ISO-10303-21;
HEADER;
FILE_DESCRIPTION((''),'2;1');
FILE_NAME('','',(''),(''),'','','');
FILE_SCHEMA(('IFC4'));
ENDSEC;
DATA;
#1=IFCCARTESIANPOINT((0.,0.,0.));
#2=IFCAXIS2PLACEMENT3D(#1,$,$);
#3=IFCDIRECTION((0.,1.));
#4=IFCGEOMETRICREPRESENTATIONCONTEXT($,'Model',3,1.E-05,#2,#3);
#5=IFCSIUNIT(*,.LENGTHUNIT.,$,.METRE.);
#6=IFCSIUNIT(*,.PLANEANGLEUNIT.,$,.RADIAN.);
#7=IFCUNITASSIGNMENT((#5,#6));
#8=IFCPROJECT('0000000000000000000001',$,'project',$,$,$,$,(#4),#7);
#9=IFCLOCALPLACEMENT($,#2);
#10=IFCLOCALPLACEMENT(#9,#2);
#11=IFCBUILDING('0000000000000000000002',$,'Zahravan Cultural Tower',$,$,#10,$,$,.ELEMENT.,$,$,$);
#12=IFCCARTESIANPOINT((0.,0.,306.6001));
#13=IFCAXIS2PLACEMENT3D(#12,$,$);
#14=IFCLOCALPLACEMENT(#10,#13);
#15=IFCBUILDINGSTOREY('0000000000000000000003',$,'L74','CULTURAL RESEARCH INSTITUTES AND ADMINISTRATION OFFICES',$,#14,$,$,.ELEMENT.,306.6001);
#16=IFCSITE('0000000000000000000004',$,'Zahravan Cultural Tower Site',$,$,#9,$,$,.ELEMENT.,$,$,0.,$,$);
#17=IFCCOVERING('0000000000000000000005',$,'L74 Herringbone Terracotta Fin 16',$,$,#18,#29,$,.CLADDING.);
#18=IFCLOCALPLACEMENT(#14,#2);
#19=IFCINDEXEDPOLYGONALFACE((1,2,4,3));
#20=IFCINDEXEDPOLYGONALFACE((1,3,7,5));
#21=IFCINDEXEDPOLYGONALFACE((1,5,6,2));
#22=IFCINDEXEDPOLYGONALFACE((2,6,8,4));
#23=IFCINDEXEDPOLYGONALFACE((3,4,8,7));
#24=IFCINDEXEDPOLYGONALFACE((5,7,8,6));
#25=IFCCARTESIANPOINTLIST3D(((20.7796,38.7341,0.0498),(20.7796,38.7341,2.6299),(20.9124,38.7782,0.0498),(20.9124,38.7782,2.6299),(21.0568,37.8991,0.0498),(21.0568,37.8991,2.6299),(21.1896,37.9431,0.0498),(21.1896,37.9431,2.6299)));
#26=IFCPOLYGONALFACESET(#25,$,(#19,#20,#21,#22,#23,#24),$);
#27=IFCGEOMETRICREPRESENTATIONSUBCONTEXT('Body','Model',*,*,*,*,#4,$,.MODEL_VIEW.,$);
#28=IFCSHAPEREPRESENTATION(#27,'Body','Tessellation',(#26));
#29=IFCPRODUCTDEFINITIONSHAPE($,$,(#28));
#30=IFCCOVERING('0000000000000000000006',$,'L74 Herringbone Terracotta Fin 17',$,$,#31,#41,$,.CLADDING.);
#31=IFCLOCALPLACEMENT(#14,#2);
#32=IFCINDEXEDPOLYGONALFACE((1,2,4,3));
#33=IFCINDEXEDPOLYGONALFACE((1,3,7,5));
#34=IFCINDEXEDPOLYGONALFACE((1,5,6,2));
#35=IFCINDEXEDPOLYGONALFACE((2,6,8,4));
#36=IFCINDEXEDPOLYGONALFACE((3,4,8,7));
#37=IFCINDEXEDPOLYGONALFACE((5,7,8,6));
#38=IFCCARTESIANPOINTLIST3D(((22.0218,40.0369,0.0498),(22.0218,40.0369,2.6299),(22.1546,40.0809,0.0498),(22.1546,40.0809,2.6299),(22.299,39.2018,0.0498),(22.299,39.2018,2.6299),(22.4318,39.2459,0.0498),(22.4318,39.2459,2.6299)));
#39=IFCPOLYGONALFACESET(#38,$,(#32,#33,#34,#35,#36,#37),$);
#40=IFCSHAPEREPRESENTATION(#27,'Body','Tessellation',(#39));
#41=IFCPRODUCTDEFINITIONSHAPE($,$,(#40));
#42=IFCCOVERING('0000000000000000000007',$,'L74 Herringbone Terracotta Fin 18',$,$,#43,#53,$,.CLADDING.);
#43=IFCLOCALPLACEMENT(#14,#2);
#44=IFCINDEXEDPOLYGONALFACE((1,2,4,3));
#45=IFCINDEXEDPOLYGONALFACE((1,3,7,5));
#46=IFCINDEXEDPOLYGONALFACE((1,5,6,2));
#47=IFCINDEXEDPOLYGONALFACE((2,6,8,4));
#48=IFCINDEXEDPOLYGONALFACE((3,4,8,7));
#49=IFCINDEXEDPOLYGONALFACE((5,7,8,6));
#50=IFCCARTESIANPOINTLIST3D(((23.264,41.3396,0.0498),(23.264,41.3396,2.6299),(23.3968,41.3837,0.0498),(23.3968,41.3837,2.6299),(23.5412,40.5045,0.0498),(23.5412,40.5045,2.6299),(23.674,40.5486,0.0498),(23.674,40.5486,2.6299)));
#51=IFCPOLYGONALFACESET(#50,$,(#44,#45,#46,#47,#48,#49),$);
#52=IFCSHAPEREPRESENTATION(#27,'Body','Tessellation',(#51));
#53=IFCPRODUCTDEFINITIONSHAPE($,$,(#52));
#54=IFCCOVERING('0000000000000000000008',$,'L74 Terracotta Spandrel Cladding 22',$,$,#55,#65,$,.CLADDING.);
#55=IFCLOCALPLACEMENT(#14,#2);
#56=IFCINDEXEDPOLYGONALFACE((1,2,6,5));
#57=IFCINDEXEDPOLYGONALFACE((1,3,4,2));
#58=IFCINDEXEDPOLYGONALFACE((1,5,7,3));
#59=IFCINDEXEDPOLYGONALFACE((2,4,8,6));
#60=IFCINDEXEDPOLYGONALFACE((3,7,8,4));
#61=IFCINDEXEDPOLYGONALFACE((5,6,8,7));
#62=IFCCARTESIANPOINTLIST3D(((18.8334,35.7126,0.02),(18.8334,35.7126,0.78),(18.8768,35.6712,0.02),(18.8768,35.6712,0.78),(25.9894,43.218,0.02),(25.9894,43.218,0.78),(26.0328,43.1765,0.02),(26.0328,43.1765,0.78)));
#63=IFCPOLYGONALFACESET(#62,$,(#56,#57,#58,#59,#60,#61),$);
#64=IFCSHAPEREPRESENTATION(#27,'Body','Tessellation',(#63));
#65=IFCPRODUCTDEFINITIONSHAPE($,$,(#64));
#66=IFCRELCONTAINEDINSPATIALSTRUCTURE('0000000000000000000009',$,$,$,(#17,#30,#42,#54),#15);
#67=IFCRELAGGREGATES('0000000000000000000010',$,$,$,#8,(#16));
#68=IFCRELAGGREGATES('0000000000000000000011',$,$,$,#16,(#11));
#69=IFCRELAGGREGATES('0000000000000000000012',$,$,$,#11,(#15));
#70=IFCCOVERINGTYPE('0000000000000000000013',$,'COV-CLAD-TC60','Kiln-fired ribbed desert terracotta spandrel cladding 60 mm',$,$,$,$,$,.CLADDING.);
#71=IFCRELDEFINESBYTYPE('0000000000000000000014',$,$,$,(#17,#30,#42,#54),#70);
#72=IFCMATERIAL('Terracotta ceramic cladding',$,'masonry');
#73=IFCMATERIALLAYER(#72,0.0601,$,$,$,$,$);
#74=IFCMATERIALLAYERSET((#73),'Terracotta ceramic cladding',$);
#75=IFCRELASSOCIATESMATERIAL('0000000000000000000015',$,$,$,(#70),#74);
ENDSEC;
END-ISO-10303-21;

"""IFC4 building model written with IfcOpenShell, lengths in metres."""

from ifc_helpers import new_model, si_unit, direction, frame, origin, origin_2d, place, context, subcontext, project, spatial, rectangle, extrude, source, transform, mapped, material, layer, layer_set, type_object, element, save


model = new_model("IFC4")

# Units and contexts
model_context = context("Model", 3, precision=1e-05, world=origin(), true_north=direction((0.0, 1.0)))
body_context = subcontext(model_context, "Body", "Model", "MODEL_VIEW")
ifc_project = project(units=[si_unit("LENGTHUNIT", "METRE"), si_unit("PLANEANGLEUNIT", "RADIAN")], contexts=[model_context])

# Site, building, storey
site_placement = place(None, origin())
site = spatial("IfcSite", under=ifc_project, at=site_placement, Name="Zahravan Cultural Tower Site", CompositionType="ELEMENT", RefElevation=0.0)
building_placement = place(site_placement, origin())
building = spatial("IfcBuilding", under=site, at=building_placement, Name="Zahravan Cultural Tower", CompositionType="ELEMENT")
storey_placement = place(building_placement, frame((0.0, 0.0, 306.6001)))
storey = spatial("IfcBuildingStorey", under=building, at=storey_placement, Name="L74", Description="CULTURAL RESEARCH INSTITUTES AND ADMINISTRATION OFFICES", CompositionType="ELEMENT", Elevation=306.6001)

# Coverings
ifc_material_1 = material(Name="Terracotta ceramic cladding", Category="masonry")
ifc_layer_1 = layer(ifc_material_1, 0.0601)
ifc_layer_set_1 = layer_set([ifc_layer_1], Name="Terracotta ceramic cladding")
covering_type = type_object("IfcCoveringType", Name="COV-CLAD-TC60", Description="Kiln-fired ribbed desert terracotta spandrel cladding 60 mm", PredefinedType="CLADDING", material=ifc_layer_set_1)
shared_shape_1 = source(origin(), body_context, "Body", "SweptSolid", [
    extrude(rectangle(XDim=0.8799, YDim=0.1399, at=origin_2d()), origin(), (0.0, 0.0, 1.0), 2.5801),
])
for number, where, z_axis, x_axis, name in (
    (1, (20.9846, 38.3386, 0.0498), (0.0, 0.0, 1.0), (-0.315069, 0.949069, 0.0), "L74 Herringbone Terracotta Fin 16"),
    (2, (22.2268, 39.6414, 0.0498), (0.0, 0.0, 1.0), (-0.315069, 0.949069, 0.0), "L74 Herringbone Terracotta Fin 17"),
    (3, (23.469, 40.9441, 0.0498), (0.0, 0.0, 1.0), (-0.315069, 0.949069, 0.0), "L74 Herringbone Terracotta Fin 18"),
):
    element("IfcCovering", number, at=place(storey_placement, frame(where, z_axis=z_axis, x_axis=x_axis)), inside=storey, type_object=covering_type, Name=name, PredefinedType="CLADDING", context=body_context, shape_type="MappedRepresentation", body=[
        mapped(shared_shape_1, transform((0.0, 0.0, 0.0), x_axis=(1.0, 0.0, 0.0), y_axis=(0.0, 1.0, 0.0), z_axis=(0.0, 0.0, 1.0), scale=1.0)),
    ])
shared_shape_2 = source(origin(), body_context, "Body", "SweptSolid", [
    extrude(rectangle(XDim=10.3701, YDim=0.0601, at=origin_2d()), origin(), (0.0, 0.0, 1.0), 0.76),
])
covering_placement = place(storey_placement, frame((22.4331, 39.4446, 0.02), z_axis=(0.0, 0.0, 1.0), x_axis=(0.690062, 0.72375, 0.0)))
element("IfcCovering", 4, at=covering_placement, inside=storey, type_object=covering_type, Name="L74 Terracotta Spandrel Cladding 22", PredefinedType="CLADDING", context=body_context, shape_type="MappedRepresentation", body=[
    mapped(shared_shape_2, transform((0.0, 0.0, 0.0), x_axis=(1.0, 0.0, 0.0), y_axis=(0.0, 1.0, 0.0), z_axis=(0.0, 0.0, 1.0), scale=1.0)),
])

save(model, "model.ifc")
